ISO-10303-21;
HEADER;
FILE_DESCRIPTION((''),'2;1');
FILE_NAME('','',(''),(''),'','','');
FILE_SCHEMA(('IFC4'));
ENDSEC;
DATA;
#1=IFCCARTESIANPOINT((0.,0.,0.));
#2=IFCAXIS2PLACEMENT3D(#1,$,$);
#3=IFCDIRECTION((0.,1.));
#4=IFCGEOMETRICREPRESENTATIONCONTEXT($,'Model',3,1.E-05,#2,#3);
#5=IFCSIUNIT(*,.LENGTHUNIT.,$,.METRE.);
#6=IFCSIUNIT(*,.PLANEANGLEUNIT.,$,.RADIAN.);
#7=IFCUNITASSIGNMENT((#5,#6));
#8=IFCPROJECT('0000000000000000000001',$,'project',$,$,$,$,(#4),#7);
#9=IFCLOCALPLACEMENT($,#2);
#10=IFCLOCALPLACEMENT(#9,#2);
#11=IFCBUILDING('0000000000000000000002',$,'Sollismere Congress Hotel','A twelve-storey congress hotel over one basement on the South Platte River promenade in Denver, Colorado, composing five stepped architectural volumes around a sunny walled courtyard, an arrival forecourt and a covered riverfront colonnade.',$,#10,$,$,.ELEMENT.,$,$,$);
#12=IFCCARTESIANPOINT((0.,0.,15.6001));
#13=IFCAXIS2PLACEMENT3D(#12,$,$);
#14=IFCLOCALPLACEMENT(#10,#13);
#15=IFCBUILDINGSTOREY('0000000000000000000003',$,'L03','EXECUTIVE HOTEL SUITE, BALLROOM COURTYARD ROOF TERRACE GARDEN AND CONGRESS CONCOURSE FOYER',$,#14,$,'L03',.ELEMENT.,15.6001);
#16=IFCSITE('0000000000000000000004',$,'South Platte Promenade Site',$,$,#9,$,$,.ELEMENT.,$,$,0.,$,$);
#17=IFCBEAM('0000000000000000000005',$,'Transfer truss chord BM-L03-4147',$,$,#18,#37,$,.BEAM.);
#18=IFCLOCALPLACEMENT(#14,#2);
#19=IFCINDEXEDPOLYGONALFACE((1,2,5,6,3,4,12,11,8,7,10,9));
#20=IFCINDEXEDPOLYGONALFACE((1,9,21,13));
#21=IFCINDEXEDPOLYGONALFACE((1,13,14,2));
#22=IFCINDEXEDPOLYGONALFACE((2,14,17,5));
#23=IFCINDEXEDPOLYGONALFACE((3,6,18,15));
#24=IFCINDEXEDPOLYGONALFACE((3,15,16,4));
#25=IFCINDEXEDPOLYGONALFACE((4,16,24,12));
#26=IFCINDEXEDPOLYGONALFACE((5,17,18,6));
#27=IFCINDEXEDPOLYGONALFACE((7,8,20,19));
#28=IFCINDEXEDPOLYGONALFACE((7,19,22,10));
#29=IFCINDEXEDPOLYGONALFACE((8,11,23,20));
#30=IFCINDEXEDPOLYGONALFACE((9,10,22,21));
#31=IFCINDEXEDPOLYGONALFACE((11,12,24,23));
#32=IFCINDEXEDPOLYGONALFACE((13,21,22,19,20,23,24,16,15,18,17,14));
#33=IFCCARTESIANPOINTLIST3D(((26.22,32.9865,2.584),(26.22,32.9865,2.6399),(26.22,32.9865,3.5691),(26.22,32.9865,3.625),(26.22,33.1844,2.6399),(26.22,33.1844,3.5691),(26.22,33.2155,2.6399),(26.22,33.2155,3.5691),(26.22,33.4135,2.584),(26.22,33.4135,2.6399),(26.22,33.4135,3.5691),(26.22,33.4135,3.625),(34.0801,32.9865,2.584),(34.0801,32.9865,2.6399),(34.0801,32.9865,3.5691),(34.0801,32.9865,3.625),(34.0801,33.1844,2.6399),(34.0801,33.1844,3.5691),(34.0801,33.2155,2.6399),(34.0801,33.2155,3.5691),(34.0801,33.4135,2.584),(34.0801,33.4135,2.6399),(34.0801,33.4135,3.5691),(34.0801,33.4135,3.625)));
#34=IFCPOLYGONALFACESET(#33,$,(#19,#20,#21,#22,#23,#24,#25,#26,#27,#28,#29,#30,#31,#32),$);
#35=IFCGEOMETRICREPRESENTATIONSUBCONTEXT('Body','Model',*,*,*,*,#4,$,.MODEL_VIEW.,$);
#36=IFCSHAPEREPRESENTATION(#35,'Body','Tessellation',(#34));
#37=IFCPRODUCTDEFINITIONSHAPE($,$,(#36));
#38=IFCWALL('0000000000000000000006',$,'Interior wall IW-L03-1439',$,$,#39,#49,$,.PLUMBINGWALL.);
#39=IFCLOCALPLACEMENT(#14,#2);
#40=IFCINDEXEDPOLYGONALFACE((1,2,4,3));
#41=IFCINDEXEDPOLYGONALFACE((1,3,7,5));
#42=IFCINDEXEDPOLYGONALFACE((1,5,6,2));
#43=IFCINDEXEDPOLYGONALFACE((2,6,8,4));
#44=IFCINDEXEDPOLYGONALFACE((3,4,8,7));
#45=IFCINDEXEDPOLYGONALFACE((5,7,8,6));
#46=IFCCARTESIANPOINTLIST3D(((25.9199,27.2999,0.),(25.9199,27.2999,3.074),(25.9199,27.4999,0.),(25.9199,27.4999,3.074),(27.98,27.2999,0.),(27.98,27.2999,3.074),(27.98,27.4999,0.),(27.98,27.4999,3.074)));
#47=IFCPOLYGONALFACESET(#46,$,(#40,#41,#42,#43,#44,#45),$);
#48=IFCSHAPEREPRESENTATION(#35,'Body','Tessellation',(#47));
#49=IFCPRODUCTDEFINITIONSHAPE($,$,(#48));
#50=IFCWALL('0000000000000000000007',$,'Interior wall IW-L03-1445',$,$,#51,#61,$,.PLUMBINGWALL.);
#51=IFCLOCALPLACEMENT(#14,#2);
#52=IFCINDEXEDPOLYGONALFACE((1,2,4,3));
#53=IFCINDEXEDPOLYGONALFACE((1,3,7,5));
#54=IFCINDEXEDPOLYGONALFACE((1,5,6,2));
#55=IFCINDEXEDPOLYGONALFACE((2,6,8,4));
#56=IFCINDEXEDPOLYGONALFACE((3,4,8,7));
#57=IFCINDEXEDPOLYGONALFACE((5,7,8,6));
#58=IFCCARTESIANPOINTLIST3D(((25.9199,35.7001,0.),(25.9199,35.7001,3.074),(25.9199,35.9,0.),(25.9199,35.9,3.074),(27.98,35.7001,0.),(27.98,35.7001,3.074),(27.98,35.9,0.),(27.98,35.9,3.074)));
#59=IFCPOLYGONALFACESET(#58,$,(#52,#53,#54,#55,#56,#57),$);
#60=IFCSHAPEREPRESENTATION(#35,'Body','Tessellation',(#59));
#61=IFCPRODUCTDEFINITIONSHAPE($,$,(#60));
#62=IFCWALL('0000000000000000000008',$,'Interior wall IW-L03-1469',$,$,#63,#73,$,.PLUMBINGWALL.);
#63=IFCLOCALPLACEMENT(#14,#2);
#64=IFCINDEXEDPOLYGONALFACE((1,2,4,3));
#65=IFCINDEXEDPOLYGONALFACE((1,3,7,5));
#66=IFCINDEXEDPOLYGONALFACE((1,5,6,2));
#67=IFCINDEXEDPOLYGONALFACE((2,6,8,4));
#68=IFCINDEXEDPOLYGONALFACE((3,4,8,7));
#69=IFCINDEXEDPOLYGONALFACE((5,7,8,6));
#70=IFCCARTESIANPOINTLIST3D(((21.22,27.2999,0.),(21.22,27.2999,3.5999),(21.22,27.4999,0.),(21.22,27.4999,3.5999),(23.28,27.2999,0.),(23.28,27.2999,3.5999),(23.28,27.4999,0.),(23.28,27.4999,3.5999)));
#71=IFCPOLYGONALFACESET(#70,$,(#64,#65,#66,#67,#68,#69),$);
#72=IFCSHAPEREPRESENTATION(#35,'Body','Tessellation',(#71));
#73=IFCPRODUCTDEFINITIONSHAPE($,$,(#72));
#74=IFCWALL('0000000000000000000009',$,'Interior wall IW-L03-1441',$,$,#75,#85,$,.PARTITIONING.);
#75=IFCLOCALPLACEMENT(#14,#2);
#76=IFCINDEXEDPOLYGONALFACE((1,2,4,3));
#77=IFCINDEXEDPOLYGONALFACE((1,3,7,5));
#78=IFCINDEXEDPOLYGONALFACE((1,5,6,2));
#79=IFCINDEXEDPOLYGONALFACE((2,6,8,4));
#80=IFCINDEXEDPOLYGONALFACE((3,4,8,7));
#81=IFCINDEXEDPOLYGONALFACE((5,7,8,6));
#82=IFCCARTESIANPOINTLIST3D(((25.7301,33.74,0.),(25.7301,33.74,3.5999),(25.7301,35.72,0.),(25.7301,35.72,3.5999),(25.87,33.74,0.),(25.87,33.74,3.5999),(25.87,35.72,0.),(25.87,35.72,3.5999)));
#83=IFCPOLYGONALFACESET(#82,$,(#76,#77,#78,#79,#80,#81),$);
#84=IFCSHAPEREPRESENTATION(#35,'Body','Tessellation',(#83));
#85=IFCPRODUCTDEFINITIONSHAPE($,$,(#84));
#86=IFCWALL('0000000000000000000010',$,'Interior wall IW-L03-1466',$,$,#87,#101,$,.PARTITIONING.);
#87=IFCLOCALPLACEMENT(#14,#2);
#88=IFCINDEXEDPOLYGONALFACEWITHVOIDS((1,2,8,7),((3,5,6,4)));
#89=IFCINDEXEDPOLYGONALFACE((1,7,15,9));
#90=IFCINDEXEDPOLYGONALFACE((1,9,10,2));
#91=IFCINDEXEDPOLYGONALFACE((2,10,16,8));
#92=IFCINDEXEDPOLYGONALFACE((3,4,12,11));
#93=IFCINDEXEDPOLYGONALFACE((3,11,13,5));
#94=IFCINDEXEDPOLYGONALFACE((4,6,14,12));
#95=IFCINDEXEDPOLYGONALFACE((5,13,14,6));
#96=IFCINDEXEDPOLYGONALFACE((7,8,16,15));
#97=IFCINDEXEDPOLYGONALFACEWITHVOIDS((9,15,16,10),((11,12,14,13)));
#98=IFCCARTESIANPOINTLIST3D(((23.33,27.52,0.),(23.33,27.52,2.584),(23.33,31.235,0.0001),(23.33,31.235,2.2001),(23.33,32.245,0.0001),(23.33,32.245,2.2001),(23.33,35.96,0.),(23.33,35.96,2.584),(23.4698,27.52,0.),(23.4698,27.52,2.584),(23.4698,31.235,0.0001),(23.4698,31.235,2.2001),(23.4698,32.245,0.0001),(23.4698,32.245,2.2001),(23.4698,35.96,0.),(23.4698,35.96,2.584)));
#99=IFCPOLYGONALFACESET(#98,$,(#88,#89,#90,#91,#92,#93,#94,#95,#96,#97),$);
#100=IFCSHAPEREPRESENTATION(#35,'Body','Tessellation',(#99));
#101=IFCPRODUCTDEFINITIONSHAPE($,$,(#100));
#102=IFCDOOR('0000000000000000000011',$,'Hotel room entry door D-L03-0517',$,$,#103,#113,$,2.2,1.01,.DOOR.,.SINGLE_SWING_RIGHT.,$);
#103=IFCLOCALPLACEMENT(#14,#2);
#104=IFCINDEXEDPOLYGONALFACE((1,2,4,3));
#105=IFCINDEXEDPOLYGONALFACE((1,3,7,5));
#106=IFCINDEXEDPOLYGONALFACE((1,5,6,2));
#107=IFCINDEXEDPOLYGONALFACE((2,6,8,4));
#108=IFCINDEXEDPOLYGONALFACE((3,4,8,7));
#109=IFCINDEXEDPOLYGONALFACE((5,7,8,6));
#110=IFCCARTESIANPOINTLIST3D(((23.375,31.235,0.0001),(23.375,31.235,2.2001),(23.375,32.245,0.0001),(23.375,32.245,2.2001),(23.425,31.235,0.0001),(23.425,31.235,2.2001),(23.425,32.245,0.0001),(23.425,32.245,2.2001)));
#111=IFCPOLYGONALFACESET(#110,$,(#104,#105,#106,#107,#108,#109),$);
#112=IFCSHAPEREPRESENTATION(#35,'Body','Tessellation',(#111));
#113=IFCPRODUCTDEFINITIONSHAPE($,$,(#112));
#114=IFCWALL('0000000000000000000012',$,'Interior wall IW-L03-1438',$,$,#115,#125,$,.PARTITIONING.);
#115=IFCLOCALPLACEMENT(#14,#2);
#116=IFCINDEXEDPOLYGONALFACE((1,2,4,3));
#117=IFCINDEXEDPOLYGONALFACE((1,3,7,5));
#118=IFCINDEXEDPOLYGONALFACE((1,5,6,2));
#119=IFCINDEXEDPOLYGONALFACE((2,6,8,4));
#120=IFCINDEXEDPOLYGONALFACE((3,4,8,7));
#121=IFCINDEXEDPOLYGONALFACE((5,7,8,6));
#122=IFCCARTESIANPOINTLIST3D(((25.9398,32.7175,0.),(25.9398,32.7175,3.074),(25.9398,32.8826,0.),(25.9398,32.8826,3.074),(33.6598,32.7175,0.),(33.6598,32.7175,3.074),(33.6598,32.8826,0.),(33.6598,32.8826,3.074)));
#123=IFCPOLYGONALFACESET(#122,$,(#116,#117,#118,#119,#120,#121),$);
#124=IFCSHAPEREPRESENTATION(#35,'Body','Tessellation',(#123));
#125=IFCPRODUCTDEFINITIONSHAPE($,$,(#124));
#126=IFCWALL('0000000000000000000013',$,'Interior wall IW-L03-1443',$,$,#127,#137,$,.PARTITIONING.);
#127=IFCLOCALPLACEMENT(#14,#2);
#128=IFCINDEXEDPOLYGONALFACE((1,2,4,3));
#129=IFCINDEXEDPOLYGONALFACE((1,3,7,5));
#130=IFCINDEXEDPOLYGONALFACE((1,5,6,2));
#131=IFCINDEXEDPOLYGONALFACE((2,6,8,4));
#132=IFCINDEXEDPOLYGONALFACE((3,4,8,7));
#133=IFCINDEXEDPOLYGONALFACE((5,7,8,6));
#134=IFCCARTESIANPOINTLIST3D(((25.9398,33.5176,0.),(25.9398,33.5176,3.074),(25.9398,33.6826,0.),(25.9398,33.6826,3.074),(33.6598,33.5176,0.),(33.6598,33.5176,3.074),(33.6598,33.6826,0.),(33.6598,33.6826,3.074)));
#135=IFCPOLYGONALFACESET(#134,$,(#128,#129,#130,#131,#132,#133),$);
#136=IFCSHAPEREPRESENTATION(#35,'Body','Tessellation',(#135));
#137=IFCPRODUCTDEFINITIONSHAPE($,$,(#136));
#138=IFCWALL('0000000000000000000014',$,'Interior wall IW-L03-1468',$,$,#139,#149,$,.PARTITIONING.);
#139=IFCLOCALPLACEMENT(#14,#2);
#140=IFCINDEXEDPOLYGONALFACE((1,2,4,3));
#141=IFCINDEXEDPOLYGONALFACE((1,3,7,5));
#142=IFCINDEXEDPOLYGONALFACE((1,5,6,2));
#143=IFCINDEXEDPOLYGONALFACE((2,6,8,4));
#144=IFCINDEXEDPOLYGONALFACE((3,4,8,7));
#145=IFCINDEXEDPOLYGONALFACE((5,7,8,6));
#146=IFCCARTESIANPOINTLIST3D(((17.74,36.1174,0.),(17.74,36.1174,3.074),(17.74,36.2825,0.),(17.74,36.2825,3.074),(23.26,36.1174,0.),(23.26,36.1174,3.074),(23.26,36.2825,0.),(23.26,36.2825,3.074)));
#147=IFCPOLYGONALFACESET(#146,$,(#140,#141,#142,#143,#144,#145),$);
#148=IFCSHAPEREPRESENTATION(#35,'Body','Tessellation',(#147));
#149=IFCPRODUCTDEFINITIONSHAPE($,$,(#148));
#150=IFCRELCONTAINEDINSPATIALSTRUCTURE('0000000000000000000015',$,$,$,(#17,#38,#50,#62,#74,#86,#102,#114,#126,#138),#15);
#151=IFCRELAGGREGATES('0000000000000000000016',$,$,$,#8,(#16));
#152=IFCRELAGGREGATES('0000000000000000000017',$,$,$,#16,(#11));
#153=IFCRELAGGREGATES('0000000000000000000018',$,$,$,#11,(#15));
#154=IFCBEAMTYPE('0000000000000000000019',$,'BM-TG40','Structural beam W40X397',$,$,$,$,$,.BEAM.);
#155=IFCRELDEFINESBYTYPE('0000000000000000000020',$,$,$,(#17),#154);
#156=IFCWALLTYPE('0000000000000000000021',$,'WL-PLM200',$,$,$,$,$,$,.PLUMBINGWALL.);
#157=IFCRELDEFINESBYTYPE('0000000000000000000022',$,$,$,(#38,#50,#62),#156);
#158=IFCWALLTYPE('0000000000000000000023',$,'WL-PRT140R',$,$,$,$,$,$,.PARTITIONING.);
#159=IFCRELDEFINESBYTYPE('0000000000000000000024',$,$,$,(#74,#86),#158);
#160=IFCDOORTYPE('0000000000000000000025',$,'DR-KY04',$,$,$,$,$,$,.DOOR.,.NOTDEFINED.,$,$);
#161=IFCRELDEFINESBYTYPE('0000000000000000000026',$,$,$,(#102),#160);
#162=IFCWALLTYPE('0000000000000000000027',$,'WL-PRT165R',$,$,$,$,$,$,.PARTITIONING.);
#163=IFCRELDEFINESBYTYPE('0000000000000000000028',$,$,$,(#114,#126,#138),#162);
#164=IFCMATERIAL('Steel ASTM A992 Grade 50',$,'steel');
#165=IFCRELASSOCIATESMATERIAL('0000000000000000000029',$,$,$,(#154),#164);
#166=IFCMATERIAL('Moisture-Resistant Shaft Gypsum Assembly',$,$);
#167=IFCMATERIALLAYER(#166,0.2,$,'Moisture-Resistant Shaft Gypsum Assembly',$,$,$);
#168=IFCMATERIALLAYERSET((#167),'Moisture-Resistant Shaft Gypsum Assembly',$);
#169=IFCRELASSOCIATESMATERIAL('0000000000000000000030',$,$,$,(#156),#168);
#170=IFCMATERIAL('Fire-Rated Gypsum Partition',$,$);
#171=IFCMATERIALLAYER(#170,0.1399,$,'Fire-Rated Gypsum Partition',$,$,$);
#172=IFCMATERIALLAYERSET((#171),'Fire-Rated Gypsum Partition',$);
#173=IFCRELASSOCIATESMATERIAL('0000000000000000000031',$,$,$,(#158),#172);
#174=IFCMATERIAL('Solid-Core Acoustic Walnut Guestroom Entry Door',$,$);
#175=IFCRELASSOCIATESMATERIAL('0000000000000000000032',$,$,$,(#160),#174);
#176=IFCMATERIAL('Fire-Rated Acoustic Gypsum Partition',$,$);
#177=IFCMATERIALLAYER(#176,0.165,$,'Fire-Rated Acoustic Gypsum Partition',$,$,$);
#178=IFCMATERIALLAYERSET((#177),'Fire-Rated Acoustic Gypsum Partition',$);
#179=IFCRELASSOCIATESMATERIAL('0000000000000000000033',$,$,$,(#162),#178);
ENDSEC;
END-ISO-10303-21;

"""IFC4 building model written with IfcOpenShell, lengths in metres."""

from ifc_helpers import new_model, si_unit, direction, frame, frame_2d, origin, origin_2d, place, context, subcontext, project, spatial, rectangle, i_section, extrude, material, layer, layer_set, material_profile, profile_set, type_object, element, fill, save


model = new_model("IFC4")

# Units and contexts
model_context = context("Model", 3, precision=1e-05, world=origin(), true_north=direction((0.0, 1.0)))
body_context = subcontext(model_context, "Body", "Model", "MODEL_VIEW")
ifc_project = project(units=[si_unit("LENGTHUNIT", "METRE"), si_unit("PLANEANGLEUNIT", "RADIAN")], contexts=[model_context])

# Site, building, storey
site_placement = place(None, origin())
site = spatial("IfcSite", under=ifc_project, at=site_placement, Name="South Platte Promenade Site", CompositionType="ELEMENT", RefElevation=0.0)
building_placement = place(site_placement, origin())
building = spatial("IfcBuilding", under=site, at=building_placement, Name="Sollismere Congress Hotel", Description="A twelve-storey congress hotel over one basement on the South Platte River promenade in Denver, Colorado, composing five stepped architectural volumes around a sunny walled courtyard, an arrival forecourt and a covered riverfront colonnade.", CompositionType="ELEMENT")
storey_placement = place(building_placement, frame((0.0, 0.0, 15.6001)))
storey = spatial("IfcBuildingStorey", under=building, at=storey_placement, Name="L03", Description="EXECUTIVE HOTEL SUITE, BALLROOM COURTYARD ROOF TERRACE GARDEN AND CONGRESS CONCOURSE FOYER", LongName="L03", CompositionType="ELEMENT", Elevation=15.6001)

# Shared definitions
ifc_material_1 = material(Name="Steel ASTM A992 Grade 50", Category="steel")

# Beam
ifc_material_profile_1 = material_profile(ifc_material_1, i_section(OverallWidth=0.427, OverallDepth=1.041, WebThickness=0.031, FlangeThickness=0.0559, at=origin_2d()), Name="W40X397")
ifc_profile_set_1 = profile_set([ifc_material_profile_1], Name="Steel ASTM A992 Grade 50")
beam_type_1 = type_object("IfcBeamType", Name="BM-TG40", Description="Structural beam W40X397", PredefinedType="BEAM", material=ifc_profile_set_1)
beam_1_placement = place(storey_placement, frame((26.22, 33.2, 3.1045), z_axis=(1.0, 0.0, 0.0), x_axis=(0.0, 1.0, 0.0)))
element("IfcBeam", 1, at=beam_1_placement, inside=storey, type_object=beam_type_1, Name="Transfer truss chord BM-L03-4147", PredefinedType="BEAM", context=body_context, shape_type="SweptSolid", body=[
    extrude(i_section(OverallWidth=0.427, OverallDepth=1.041, WebThickness=0.031, FlangeThickness=0.0559, at=origin_2d()), origin(), (0.0, 0.0, 1.0), 7.8601),
])

# Walls
ifc_material_2 = material(Name="Moisture-Resistant Shaft Gypsum Assembly")
ifc_layer_1 = layer(ifc_material_2, 0.2, Name="Moisture-Resistant Shaft Gypsum Assembly")
ifc_layer_set_1 = layer_set([ifc_layer_1], Name="Moisture-Resistant Shaft Gypsum Assembly")
wall_type_1 = type_object("IfcWallType", Name="WL-PLM200", PredefinedType="PLUMBINGWALL", material=ifc_layer_set_1)
for number, where, z_axis, x_axis, name in (
    (2, (25.9199, 27.3999, 0.0), (0.0, 0.0, 1.0), (1.0, 0.0, 0.0), "Interior wall IW-L03-1439"),
    (3, (25.9199, 35.8, 0.0), (0.0, 0.0, 1.0), (1.0, 0.0, 0.0), "Interior wall IW-L03-1445"),
):
    element("IfcWall", number, at=place(storey_placement, frame(where, z_axis=z_axis, x_axis=x_axis)), inside=storey, type_object=wall_type_1, Name=name, PredefinedType="PLUMBINGWALL", context=body_context, shape_type="SweptSolid", body=[
        extrude(rectangle(XDim=2.0601, YDim=0.2, at=frame_2d((1.03, 0.0))), origin(), (0.0, 0.0, 1.0), 3.074),
    ])
wall_1_placement = place(storey_placement, frame((21.22, 27.3999, 0.0), z_axis=(0.0, 0.0, 1.0), x_axis=(1.0, 0.0, 0.0)))
element("IfcWall", 4, at=wall_1_placement, inside=storey, type_object=wall_type_1, Name="Interior wall IW-L03-1469", PredefinedType="PLUMBINGWALL", context=body_context, shape_type="SweptSolid", body=[
    extrude(rectangle(XDim=2.0601, YDim=0.2, at=frame_2d((1.03, 0.0))), origin(), (0.0, 0.0, 1.0), 3.5999),
])

# Shared definitions
ifc_material_3 = material(Name="Fire-Rated Gypsum Partition")
ifc_layer_2 = layer(ifc_material_3, 0.1399, Name="Fire-Rated Gypsum Partition")
ifc_layer_set_2 = layer_set([ifc_layer_2], Name="Fire-Rated Gypsum Partition")
wall_type_2 = type_object("IfcWallType", Name="WL-PRT140R", PredefinedType="PARTITIONING", material=ifc_layer_set_2)
ifc_material_4 = material(Name="Solid-Core Acoustic Walnut Guestroom Entry Door")

# Wall
wall_2_placement = place(storey_placement, frame((25.8, 33.74, 0.0), z_axis=(0.0, 0.0, 1.0), x_axis=(0.0, 1.0, 0.0)))
element("IfcWall", 5, at=wall_2_placement, inside=storey, type_object=wall_type_2, Name="Interior wall IW-L03-1441", PredefinedType="PARTITIONING", context=body_context, shape_type="SweptSolid", body=[
    extrude(rectangle(XDim=1.98, YDim=0.1399, at=frame_2d((0.99, 0.0))), origin(), (0.0, 0.0, 1.0), 3.5999),
])

# Wall, opening, door
wall_3_placement = place(storey_placement, frame((23.3999, 27.52, 0.0), z_axis=(0.0, 0.0, 1.0), x_axis=(0.0, 1.0, 0.0)))
wall_3 = element("IfcWall", 6, at=wall_3_placement, inside=storey, type_object=wall_type_2, Name="Interior wall IW-L03-1466", PredefinedType="PARTITIONING", context=body_context, shape_type="SweptSolid", body=[
    extrude(rectangle(XDim=8.4399, YDim=0.1399, at=frame_2d((4.22, 0.0))), origin(), (0.0, 0.0, 1.0), 2.584),
])
opening_1_placement = place(wall_3_placement, frame((3.7151, 0.0, 0.0)))
opening_1 = element("IfcOpeningElement", 7, at=opening_1_placement, cuts=wall_3, PredefinedType="OPENING", context=body_context, shape_type="SweptSolid", body=[
    extrude(rectangle(XDim=1.01, YDim=2.2, at=frame_2d((0.5049, 1.1001))), frame((0.0, 0.0798, 0.0), z_axis=(0.0, -1.0, 0.0), x_axis=(1.0, 0.0, 0.0)), (0.0, 0.0, 1.0), 0.1599),
])
door_type_1 = type_object("IfcDoorType", Name="DR-KY04", OperationType="NOTDEFINED", PredefinedType="DOOR", material=ifc_material_4)
door_1_placement = place(opening_1_placement, origin())
door_1 = element("IfcDoor", 8, at=door_1_placement, inside=storey, type_object=door_type_1, Name="Hotel room entry door D-L03-0517", OperationType="SINGLE_SWING_RIGHT", OverallHeight=2.2, OverallWidth=1.01, PredefinedType="DOOR", context=body_context, shape_type="SweptSolid", body=[
    extrude(rectangle(XDim=1.01, YDim=2.2, at=frame_2d((0.5049, 1.1001))), frame((0.0, 0.0249, 0.0), z_axis=(0.0, -1.0, 0.0), x_axis=(1.0, 0.0, 0.0)), (0.0, 0.0, 1.0), 0.05),
])
fill(opening_1, door_1)

# Walls
ifc_material_5 = material(Name="Fire-Rated Acoustic Gypsum Partition")
ifc_layer_3 = layer(ifc_material_5, 0.165, Name="Fire-Rated Acoustic Gypsum Partition")
ifc_layer_set_3 = layer_set([ifc_layer_3], Name="Fire-Rated Acoustic Gypsum Partition")
wall_type_3 = type_object("IfcWallType", Name="WL-PRT165R", PredefinedType="PARTITIONING", material=ifc_layer_set_3)
for number, where, z_axis, x_axis, name in (
    (9, (25.9399, 32.8, 0.0), (0.0, 0.0, 1.0), (1.0, 0.0, 0.0), "Interior wall IW-L03-1438"),
    (10, (25.9399, 33.6001, 0.0), (0.0, 0.0, 1.0), (1.0, 0.0, 0.0), "Interior wall IW-L03-1443"),
):
    element("IfcWall", number, at=place(storey_placement, frame(where, z_axis=z_axis, x_axis=x_axis)), inside=storey, type_object=wall_type_3, Name=name, PredefinedType="PARTITIONING", context=body_context, shape_type="SweptSolid", body=[
        extrude(rectangle(XDim=7.72, YDim=0.165, at=frame_2d((3.8599, 0.0))), origin(), (0.0, 0.0, 1.0), 3.074),
    ])
wall_4_placement = place(storey_placement, frame((17.74, 36.2, 0.0), z_axis=(0.0, 0.0, 1.0), x_axis=(1.0, 0.0, 0.0)))
element("IfcWall", 11, at=wall_4_placement, inside=storey, type_object=wall_type_3, Name="Interior wall IW-L03-1468", PredefinedType="PARTITIONING", context=body_context, shape_type="SweptSolid", body=[
    extrude(rectangle(XDim=5.52, YDim=0.165, at=frame_2d((2.76, 0.0))), origin(), (0.0, 0.0, 1.0), 3.074),
])

save(model, "model.ifc")
